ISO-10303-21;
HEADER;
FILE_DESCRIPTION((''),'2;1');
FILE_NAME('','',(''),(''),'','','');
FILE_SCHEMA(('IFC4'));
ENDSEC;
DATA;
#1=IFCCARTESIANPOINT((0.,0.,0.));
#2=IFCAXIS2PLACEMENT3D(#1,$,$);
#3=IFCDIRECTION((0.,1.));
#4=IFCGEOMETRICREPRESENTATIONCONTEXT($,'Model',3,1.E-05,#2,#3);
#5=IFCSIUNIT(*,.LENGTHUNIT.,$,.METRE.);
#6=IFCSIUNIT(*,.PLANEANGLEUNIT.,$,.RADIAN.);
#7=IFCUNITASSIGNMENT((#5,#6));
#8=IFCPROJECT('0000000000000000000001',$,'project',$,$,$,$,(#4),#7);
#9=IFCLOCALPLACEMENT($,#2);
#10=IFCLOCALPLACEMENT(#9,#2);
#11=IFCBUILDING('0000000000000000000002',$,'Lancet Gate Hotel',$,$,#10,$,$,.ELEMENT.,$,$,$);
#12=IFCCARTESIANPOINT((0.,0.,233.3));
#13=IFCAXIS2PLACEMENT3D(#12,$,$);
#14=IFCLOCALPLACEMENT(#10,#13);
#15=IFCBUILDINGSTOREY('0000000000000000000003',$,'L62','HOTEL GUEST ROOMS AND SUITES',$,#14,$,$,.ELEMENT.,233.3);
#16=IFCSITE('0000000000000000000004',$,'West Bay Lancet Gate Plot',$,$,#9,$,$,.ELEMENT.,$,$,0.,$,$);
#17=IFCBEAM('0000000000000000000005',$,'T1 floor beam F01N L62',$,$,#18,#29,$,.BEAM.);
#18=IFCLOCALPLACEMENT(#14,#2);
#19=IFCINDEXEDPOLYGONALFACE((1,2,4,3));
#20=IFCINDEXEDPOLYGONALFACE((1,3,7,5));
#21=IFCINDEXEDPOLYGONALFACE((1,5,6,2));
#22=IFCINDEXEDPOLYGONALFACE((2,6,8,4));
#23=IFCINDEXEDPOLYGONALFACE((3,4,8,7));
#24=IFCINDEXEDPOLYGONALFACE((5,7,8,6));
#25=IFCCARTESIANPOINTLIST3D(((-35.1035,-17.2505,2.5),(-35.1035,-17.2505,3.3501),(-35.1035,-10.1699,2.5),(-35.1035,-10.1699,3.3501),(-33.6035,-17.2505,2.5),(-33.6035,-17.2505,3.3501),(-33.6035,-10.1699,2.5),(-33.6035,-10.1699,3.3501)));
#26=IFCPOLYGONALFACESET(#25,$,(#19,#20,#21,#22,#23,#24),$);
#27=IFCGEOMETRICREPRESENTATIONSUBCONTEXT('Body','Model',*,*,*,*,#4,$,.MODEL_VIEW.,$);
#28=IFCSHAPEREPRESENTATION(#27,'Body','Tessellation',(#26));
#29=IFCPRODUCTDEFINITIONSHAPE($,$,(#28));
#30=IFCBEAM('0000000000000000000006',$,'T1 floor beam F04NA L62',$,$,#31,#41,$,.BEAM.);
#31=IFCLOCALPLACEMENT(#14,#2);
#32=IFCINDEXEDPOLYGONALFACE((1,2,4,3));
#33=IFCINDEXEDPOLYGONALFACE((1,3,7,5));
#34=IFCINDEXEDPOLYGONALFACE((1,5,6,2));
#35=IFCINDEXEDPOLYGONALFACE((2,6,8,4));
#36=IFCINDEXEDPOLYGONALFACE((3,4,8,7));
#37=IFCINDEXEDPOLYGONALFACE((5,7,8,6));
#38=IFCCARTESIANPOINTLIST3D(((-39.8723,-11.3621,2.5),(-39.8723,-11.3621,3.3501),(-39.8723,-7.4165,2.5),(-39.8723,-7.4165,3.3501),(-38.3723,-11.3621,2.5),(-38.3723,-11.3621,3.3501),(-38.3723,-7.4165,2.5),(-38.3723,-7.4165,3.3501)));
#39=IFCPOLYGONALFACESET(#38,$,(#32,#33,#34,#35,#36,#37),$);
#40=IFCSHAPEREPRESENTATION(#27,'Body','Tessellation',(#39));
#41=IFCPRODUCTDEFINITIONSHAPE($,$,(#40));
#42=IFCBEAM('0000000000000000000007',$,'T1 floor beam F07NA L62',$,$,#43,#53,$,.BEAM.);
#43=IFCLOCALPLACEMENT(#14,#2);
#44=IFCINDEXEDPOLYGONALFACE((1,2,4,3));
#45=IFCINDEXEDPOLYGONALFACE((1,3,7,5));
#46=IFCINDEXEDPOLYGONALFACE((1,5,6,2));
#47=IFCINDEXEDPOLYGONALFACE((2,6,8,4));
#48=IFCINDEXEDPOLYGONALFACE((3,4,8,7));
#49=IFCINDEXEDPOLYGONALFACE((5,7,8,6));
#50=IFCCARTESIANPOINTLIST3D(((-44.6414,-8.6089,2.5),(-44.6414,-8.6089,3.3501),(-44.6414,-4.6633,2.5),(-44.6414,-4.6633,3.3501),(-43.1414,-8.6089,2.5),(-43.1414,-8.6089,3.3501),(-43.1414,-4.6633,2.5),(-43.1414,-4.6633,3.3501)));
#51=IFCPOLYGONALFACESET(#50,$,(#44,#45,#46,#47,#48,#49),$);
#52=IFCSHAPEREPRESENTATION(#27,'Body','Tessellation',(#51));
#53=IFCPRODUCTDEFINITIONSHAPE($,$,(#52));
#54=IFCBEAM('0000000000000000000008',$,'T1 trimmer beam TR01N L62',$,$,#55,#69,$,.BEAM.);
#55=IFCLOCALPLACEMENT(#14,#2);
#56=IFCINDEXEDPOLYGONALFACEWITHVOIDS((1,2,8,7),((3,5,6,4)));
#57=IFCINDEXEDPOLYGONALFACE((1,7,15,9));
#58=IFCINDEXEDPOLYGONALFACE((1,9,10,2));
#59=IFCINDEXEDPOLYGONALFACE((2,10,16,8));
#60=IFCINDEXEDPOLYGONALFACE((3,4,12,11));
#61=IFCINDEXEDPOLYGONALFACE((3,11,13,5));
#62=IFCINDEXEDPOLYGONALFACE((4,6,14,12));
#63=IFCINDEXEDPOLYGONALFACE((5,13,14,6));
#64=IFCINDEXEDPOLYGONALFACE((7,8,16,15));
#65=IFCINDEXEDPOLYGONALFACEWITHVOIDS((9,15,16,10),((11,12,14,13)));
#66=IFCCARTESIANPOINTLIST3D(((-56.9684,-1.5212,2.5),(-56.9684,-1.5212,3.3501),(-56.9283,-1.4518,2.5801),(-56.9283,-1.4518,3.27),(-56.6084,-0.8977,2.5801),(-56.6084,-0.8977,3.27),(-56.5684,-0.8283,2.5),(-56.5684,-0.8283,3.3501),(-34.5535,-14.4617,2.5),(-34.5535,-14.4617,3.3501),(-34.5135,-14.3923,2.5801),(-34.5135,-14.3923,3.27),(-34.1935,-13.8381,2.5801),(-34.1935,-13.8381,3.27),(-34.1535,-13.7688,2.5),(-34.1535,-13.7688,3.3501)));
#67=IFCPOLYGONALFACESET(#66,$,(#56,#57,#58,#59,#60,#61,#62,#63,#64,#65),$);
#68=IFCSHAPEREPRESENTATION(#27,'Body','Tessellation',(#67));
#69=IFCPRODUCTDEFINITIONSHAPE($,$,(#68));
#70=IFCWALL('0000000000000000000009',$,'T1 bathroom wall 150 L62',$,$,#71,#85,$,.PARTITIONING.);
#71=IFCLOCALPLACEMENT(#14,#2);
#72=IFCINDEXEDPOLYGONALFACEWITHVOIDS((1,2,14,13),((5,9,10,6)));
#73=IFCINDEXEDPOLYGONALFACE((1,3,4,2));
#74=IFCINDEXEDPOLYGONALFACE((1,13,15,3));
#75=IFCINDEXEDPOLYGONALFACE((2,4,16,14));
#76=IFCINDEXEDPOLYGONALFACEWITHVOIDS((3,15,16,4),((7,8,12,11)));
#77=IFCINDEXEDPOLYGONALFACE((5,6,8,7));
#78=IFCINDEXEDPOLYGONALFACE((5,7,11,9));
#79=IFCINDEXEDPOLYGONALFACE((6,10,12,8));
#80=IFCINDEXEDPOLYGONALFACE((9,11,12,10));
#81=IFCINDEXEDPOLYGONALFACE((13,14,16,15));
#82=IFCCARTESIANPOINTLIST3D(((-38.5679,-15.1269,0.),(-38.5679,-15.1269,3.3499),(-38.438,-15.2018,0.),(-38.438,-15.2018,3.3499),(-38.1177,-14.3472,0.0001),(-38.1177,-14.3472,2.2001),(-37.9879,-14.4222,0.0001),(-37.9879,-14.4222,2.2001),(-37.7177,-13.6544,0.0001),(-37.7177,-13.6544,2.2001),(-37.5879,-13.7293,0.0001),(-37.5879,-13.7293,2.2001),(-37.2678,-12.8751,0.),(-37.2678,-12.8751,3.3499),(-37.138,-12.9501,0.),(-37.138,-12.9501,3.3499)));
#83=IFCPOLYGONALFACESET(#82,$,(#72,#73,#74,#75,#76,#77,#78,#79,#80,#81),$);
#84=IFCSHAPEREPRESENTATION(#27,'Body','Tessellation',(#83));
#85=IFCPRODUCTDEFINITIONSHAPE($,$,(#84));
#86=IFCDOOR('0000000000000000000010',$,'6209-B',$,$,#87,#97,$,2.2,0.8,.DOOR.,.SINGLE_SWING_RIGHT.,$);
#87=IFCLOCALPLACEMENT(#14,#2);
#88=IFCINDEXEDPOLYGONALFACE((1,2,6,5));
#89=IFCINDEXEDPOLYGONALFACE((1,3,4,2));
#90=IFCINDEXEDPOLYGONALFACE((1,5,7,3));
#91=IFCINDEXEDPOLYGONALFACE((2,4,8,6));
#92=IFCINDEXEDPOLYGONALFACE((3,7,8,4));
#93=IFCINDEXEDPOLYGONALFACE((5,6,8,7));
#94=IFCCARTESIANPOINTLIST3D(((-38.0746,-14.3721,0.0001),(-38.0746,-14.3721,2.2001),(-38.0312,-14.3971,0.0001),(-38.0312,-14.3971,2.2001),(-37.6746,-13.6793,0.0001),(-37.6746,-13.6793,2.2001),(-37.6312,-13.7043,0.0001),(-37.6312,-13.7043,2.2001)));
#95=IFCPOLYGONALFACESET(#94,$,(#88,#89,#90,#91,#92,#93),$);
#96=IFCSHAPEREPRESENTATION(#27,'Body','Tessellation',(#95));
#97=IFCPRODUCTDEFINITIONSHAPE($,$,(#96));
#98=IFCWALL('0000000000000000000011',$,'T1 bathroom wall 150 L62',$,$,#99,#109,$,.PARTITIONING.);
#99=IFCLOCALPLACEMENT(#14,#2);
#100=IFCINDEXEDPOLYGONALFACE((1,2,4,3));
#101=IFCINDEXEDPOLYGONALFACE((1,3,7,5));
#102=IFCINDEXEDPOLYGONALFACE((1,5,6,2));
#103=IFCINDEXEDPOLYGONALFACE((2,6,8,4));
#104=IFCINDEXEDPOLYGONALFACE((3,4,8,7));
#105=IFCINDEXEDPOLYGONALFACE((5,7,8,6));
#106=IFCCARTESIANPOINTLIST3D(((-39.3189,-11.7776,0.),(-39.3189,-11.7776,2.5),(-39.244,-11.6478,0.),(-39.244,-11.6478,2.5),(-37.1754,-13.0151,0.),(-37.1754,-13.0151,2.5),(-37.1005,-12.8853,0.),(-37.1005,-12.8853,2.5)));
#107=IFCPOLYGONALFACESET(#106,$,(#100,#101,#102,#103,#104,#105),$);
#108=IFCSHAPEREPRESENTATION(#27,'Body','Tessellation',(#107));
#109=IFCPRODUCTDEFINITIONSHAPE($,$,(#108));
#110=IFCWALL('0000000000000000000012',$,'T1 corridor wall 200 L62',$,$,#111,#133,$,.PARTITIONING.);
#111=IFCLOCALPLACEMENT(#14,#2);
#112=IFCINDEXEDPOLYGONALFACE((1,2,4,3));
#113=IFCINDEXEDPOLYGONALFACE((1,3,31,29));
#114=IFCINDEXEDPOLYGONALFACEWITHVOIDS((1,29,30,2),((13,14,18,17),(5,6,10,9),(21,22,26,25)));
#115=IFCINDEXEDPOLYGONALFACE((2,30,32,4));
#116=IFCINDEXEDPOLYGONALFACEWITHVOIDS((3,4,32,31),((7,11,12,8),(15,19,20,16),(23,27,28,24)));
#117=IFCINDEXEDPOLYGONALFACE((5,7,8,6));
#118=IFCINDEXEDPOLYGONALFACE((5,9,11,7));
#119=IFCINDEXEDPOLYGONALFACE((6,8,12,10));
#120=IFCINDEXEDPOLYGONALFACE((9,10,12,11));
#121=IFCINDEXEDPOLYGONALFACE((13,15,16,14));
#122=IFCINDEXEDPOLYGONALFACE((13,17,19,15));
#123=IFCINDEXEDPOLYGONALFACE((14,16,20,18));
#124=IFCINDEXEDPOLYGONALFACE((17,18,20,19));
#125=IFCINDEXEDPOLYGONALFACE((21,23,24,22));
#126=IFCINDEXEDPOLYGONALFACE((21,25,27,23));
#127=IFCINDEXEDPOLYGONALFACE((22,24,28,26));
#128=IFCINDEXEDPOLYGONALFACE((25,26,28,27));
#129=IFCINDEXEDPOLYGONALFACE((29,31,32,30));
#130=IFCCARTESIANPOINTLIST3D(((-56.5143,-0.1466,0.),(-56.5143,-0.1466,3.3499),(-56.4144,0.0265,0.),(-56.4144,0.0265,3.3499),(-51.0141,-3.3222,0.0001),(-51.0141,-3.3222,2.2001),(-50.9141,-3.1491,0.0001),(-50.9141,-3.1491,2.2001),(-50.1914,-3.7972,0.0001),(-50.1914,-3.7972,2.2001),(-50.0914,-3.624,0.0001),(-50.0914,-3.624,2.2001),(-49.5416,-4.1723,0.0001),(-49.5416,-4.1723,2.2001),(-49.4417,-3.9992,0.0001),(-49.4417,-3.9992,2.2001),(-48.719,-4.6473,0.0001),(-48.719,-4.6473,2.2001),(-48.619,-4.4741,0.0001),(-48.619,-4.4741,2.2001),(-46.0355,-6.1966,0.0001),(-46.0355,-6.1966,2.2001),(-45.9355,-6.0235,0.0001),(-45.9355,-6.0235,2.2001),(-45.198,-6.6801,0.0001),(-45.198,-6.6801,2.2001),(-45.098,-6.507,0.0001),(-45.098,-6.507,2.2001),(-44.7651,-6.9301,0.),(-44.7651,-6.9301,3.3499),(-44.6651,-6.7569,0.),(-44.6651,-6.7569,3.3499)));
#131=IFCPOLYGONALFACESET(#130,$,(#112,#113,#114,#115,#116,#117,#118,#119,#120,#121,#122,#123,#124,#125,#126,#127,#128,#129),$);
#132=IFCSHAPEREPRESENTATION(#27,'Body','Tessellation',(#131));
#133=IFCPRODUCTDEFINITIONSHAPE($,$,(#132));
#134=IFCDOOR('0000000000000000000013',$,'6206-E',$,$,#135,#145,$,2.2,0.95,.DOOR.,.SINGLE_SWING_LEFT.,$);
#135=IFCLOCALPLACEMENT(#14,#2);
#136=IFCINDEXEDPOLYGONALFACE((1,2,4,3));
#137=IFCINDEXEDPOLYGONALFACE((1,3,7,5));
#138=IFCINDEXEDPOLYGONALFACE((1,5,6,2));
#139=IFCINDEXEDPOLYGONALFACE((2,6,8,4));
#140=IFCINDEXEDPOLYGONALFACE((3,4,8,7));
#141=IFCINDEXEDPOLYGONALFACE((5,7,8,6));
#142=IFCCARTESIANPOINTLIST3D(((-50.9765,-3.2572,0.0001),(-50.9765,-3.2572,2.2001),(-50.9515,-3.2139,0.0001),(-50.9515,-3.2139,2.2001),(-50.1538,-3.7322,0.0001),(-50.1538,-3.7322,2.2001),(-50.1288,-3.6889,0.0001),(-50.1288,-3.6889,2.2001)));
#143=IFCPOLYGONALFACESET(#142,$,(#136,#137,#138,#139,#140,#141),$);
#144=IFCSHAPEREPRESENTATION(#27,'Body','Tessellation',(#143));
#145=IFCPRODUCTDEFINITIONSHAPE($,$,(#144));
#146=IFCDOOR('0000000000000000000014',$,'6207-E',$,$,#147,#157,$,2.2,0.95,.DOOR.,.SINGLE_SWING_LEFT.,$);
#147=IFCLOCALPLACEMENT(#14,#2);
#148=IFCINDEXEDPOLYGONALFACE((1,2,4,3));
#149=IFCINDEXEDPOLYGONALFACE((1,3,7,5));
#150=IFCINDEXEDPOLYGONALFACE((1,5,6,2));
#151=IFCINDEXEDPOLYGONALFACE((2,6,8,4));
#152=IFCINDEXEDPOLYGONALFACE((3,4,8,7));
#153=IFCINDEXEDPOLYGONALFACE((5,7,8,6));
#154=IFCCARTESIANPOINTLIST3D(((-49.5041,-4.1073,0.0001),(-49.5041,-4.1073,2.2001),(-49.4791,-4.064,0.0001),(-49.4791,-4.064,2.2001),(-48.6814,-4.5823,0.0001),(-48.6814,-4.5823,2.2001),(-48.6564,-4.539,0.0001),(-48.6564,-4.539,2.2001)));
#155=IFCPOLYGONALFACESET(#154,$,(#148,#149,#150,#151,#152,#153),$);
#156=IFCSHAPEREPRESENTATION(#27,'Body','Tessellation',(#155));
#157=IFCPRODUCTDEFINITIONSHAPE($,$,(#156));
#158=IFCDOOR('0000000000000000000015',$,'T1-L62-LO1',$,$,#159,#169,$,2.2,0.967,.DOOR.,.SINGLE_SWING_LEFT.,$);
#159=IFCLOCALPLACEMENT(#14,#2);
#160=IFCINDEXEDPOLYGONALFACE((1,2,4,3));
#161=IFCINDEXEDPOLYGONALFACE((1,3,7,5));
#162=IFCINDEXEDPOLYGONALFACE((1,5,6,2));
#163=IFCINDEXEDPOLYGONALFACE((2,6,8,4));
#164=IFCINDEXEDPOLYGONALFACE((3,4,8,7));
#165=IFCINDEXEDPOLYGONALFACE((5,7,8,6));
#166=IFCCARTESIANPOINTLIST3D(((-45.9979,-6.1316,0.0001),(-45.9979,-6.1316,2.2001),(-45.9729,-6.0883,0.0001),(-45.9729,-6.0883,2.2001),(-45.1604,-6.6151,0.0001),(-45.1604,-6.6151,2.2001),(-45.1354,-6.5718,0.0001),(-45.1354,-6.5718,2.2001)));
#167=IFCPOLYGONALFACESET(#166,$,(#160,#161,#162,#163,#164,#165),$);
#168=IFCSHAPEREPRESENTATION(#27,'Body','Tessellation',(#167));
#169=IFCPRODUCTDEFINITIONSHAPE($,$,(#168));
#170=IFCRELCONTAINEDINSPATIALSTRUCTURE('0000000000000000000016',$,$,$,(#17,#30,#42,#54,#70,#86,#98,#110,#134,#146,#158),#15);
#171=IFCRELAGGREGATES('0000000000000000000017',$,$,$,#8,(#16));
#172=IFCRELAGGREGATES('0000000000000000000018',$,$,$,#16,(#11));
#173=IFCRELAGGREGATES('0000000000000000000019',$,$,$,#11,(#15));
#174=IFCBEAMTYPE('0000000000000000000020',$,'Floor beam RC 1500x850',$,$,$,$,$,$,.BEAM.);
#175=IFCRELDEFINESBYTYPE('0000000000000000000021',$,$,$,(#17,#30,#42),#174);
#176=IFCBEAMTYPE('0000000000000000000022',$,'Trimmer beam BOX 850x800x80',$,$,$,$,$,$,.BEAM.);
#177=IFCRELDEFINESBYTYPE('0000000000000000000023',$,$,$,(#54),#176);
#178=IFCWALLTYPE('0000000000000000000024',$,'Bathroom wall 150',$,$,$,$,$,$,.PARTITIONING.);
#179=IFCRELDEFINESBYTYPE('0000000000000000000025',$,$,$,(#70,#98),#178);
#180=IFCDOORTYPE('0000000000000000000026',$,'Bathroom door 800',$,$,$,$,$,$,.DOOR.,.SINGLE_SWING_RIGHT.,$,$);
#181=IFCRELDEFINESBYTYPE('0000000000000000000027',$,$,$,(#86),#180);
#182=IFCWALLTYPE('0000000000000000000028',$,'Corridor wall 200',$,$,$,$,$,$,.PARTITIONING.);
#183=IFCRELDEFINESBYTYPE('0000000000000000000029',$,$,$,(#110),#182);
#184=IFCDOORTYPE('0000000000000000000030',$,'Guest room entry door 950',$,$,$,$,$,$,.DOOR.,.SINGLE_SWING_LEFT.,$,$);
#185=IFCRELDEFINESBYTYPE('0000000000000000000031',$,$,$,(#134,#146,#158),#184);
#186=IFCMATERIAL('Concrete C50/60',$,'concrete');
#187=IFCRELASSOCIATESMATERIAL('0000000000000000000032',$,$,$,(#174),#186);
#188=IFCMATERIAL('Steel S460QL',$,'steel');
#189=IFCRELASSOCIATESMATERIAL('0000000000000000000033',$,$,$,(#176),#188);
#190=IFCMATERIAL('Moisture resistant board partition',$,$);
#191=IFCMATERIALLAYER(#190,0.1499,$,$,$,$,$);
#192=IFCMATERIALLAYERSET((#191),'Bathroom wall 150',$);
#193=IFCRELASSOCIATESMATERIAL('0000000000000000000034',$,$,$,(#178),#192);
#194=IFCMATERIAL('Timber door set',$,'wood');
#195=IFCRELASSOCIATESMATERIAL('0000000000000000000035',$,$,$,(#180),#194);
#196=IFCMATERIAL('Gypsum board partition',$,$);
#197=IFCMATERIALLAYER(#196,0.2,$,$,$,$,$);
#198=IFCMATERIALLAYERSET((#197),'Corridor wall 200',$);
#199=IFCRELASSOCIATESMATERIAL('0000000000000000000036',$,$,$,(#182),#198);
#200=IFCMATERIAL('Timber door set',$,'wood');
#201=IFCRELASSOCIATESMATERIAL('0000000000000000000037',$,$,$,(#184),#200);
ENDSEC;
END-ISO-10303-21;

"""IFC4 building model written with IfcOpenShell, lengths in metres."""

from ifc_helpers import new_model, si_unit, direction, frame, frame_2d, origin, origin_2d, place, context, subcontext, project, spatial, rectangle, hollow_rectangle, extrude, material, layer, layer_set, material_profile, profile_set, type_object, element, fill, save


model = new_model("IFC4")

# Units and contexts
model_context = context("Model", 3, precision=1e-05, world=origin(), true_north=direction((0.0, 1.0)))
body_context = subcontext(model_context, "Body", "Model", "MODEL_VIEW")
ifc_project = project(units=[si_unit("LENGTHUNIT", "METRE"), si_unit("PLANEANGLEUNIT", "RADIAN")], contexts=[model_context])

# Site, building, storey
site_placement = place(None, origin())
site = spatial("IfcSite", under=ifc_project, at=site_placement, Name="West Bay Lancet Gate Plot", CompositionType="ELEMENT", RefElevation=0.0)
building_placement = place(site_placement, origin())
building = spatial("IfcBuilding", under=site, at=building_placement, Name="Lancet Gate Hotel", CompositionType="ELEMENT")
storey_placement = place(building_placement, frame((0.0, 0.0, 233.3)))
storey = spatial("IfcBuildingStorey", under=building, at=storey_placement, Name="L62", Description="HOTEL GUEST ROOMS AND SUITES", CompositionType="ELEMENT", Elevation=233.3)

# Beams
ifc_material_1 = material(Name="Concrete C50/60", Category="concrete")
ifc_material_profile_1 = material_profile(ifc_material_1, rectangle(XDim=1.5, YDim=0.8501, at=origin_2d()), Name="RC 1500x850")
ifc_profile_set_1 = profile_set([ifc_material_profile_1], Name="Concrete C50/60")
beam_type_1 = type_object("IfcBeamType", Name="Floor beam RC 1500x850", PredefinedType="BEAM", material=ifc_profile_set_1)
beam_1_placement = place(storey_placement, frame((-34.3535, -10.1699, 2.925), z_axis=(0.0, -1.0, 0.0), x_axis=(1.0, 0.0, 0.0)))
element("IfcBeam", 1, at=beam_1_placement, inside=storey, type_object=beam_type_1, Name="T1 floor beam F01N L62", PredefinedType="BEAM", context=body_context, shape_type="SweptSolid", body=[
    extrude(rectangle(XDim=1.5, YDim=0.8501, at=origin_2d()), origin(), (0.0, 0.0, 1.0), 7.0806),
])
for number, where, z_axis, x_axis, name in (
    (2, (-39.1223, -7.4165, 2.925), (0.0, -1.0, 0.0), (1.0, 0.0, 0.0), "T1 floor beam F04NA L62"),
    (3, (-43.8914, -4.6633, 2.925), (0.0, -1.0, 0.0), (1.0, 0.0, 0.0), "T1 floor beam F07NA L62"),
):
    element("IfcBeam", number, at=place(storey_placement, frame(where, z_axis=z_axis, x_axis=x_axis)), inside=storey, type_object=beam_type_1, Name=name, PredefinedType="BEAM", context=body_context, shape_type="SweptSolid", body=[
        extrude(rectangle(XDim=1.5, YDim=0.8501, at=origin_2d()), origin(), (0.0, 0.0, 1.0), 3.9456),
    ])
ifc_material_2 = material(Name="Steel S460QL", Category="steel")
ifc_material_profile_2 = material_profile(ifc_material_2, hollow_rectangle(XDim=0.8, YDim=0.8501, WallThickness=0.0801, at=origin_2d()), Name="BOX 850x800x80")
ifc_profile_set_2 = profile_set([ifc_material_profile_2], Name="Steel S460QL")
beam_type_2 = type_object("IfcBeamType", Name="Trimmer beam BOX 850x800x80", PredefinedType="BEAM", material=ifc_profile_set_2)
beam_2_placement = place(storey_placement, frame((-34.3535, -14.1152, 2.925), z_axis=(-0.866038, 0.499978, 0.0), x_axis=(-0.499978, -0.866038, 0.0)))
element("IfcBeam", 4, at=beam_2_placement, inside=storey, type_object=beam_type_2, Name="T1 trimmer beam TR01N L62", PredefinedType="BEAM", context=body_context, shape_type="SweptSolid", body=[
    extrude(hollow_rectangle(XDim=0.8, YDim=0.8501, WallThickness=0.0801, at=origin_2d()), origin(), (0.0, 0.0, 1.0), 25.8821),
])

# Wall, opening, door
ifc_material_3 = material(Name="Moisture resistant board partition")
ifc_layer_1 = layer(ifc_material_3, 0.1499)
ifc_layer_set_1 = layer_set([ifc_layer_1], Name="Bathroom wall 150")
wall_type_1 = type_object("IfcWallType", Name="Bathroom wall 150", PredefinedType="PARTITIONING", material=ifc_layer_set_1)
wall_1_placement = place(storey_placement, frame((-37.2029, -12.9126, 0.0), z_axis=(0.0, 0.0, 1.0), x_axis=(-0.500007, -0.866021, 0.0)))
wall_1 = element("IfcWall", 5, at=wall_1_placement, inside=storey, type_object=wall_type_1, Name="T1 bathroom wall 150 L62", PredefinedType="PARTITIONING", context=body_context, shape_type="SweptSolid", body=[
    extrude(rectangle(XDim=2.6001, YDim=0.1499, at=frame_2d((1.3, 0.0))), origin(), (0.0, 0.0, 1.0), 3.3499),
])
opening_1_placement = place(wall_1_placement, frame((0.8999, 0.0, 0.0)))
opening_1 = element("IfcOpeningElement", 6, at=opening_1_placement, cuts=wall_1, PredefinedType="OPENING", context=body_context, shape_type="SweptSolid", body=[
    extrude(rectangle(XDim=0.8, YDim=2.2, at=frame_2d((0.3999, 1.1001))), frame((0.0, 0.085, 0.0), z_axis=(0.0, -1.0, 0.0), x_axis=(1.0, 0.0, 0.0)), (0.0, 0.0, 1.0), 0.1699),
])
ifc_material_4 = material(Name="Timber door set", Category="wood")
door_type_1 = type_object("IfcDoorType", Name="Bathroom door 800", OperationType="SINGLE_SWING_RIGHT", PredefinedType="DOOR", material=ifc_material_4)
door_1_placement = place(opening_1_placement, origin())
door_1 = element("IfcDoor", 7, at=door_1_placement, inside=storey, type_object=door_type_1, Name="6209-B", OperationType="SINGLE_SWING_RIGHT", OverallHeight=2.2, OverallWidth=0.8, PredefinedType="DOOR", context=body_context, shape_type="SweptSolid", body=[
    extrude(rectangle(XDim=0.8, YDim=2.2, at=frame_2d((0.3999, 1.1001))), frame((0.0, 0.0249, 0.0), z_axis=(0.0, -1.0, 0.0), x_axis=(1.0, 0.0, 0.0)), (0.0, 0.0, 1.0), 0.05),
])
fill(opening_1, door_1)

# Wall
wall_2_placement = place(storey_placement, frame((-37.1379, -12.9502, 0.0), z_axis=(0.0, 0.0, 1.0), x_axis=(-0.866031, 0.49999, 0.0)))
element("IfcWall", 8, at=wall_2_placement, inside=storey, type_object=wall_type_1, Name="T1 bathroom wall 150 L62", PredefinedType="PARTITIONING", context=body_context, shape_type="SweptSolid", body=[
    extrude(rectangle(XDim=2.4751, YDim=0.1499, at=frame_2d((1.2375, 0.0))), origin(), (0.0, 0.0, 1.0), 2.5),
])

# Wall, openings, doors
ifc_material_5 = material(Name="Gypsum board partition")
ifc_layer_2 = layer(ifc_material_5, 0.2)
ifc_layer_set_2 = layer_set([ifc_layer_2], Name="Corridor wall 200")
wall_type_2 = type_object("IfcWallType", Name="Corridor wall 200", PredefinedType="PARTITIONING", material=ifc_layer_set_2)
wall_3_placement = place(storey_placement, frame((-44.7151, -6.8435, 0.0), z_axis=(0.0, 0.0, 1.0), x_axis=(-0.866025, 0.5, 0.0)))
wall_3 = element("IfcWall", 9, at=wall_3_placement, inside=storey, type_object=wall_type_2, Name="T1 corridor wall 200 L62", PredefinedType="PARTITIONING", context=body_context, shape_type="SweptSolid", body=[
    extrude(rectangle(XDim=13.5669, YDim=0.2, at=frame_2d((6.7834, 0.0))), origin(), (0.0, 0.0, 1.0), 3.3499),
])
opening_2_placement = place(wall_3_placement, frame((6.2656, 0.0, 0.0)))
opening_2 = element("IfcOpeningElement", 10, at=opening_2_placement, cuts=wall_3, PredefinedType="OPENING", context=body_context, shape_type="SweptSolid", body=[
    extrude(rectangle(XDim=0.95, YDim=2.2, at=frame_2d((0.4751, 1.1001))), frame((0.0, 0.1099, 0.0), z_axis=(0.0, -1.0, 0.0), x_axis=(1.0, 0.0, 0.0)), (0.0, 0.0, 1.0), 0.22),
])
opening_3_placement = place(wall_3_placement, frame((4.5654, 0.0, 0.0)))
opening_3 = element("IfcOpeningElement", 11, at=opening_3_placement, cuts=wall_3, PredefinedType="OPENING", context=body_context, shape_type="SweptSolid", body=[
    extrude(rectangle(XDim=0.95, YDim=2.2, at=frame_2d((0.4751, 1.1001))), frame((0.0, 0.1099, 0.0), z_axis=(0.0, -1.0, 0.0), x_axis=(1.0, 0.0, 0.0)), (0.0, 0.0, 1.0), 0.22),
])
opening_4_placement = place(wall_3_placement, frame((0.5, 0.0, 0.0)))
opening_4 = element("IfcOpeningElement", 12, at=opening_4_placement, cuts=wall_3, PredefinedType="OPENING", context=body_context, shape_type="SweptSolid", body=[
    extrude(rectangle(XDim=0.967, YDim=2.2, at=frame_2d((0.4834, 1.1001))), frame((0.0, 0.1099, 0.0), z_axis=(0.0, -1.0, 0.0), x_axis=(1.0, 0.0, 0.0)), (0.0, 0.0, 1.0), 0.22),
])
ifc_material_6 = material(Name="Timber door set", Category="wood")
door_type_2 = type_object("IfcDoorType", Name="Guest room entry door 950", OperationType="SINGLE_SWING_LEFT", PredefinedType="DOOR", material=ifc_material_6)
door_2_placement = place(opening_2_placement, origin())
door_2 = element("IfcDoor", 13, at=door_2_placement, inside=storey, type_object=door_type_2, Name="6206-E", OperationType="SINGLE_SWING_LEFT", OverallHeight=2.2, OverallWidth=0.95, PredefinedType="DOOR", context=body_context, shape_type="SweptSolid", body=[
    extrude(rectangle(XDim=0.95, YDim=2.2, at=frame_2d((0.4751, 1.1001))), frame((0.0, 0.0249, 0.0), z_axis=(0.0, -1.0, 0.0), x_axis=(1.0, 0.0, 0.0)), (0.0, 0.0, 1.0), 0.05),
])
fill(opening_2, door_2)
door_3_placement = place(opening_3_placement, origin())
door_3 = element("IfcDoor", 14, at=door_3_placement, inside=storey, type_object=door_type_2, Name="6207-E", OperationType="SINGLE_SWING_LEFT", OverallHeight=2.2, OverallWidth=0.95, PredefinedType="DOOR", context=body_context, shape_type="SweptSolid", body=[
    extrude(rectangle(XDim=0.95, YDim=2.2, at=frame_2d((0.4751, 1.1001))), frame((0.0, 0.0249, 0.0), z_axis=(0.0, -1.0, 0.0), x_axis=(1.0, 0.0, 0.0)), (0.0, 0.0, 1.0), 0.05),
])
fill(opening_3, door_3)
door_4_placement = place(opening_4_placement, origin())
door_4 = element("IfcDoor", 15, at=door_4_placement, inside=storey, type_object=door_type_2, Name="T1-L62-LO1", OperationType="SINGLE_SWING_LEFT", OverallHeight=2.2, OverallWidth=0.967, PredefinedType="DOOR", context=body_context, shape_type="SweptSolid", body=[
    extrude(rectangle(XDim=0.967, YDim=2.2, at=frame_2d((0.4834, 1.1001))), frame((0.0, 0.0249, 0.0), z_axis=(0.0, -1.0, 0.0), x_axis=(1.0, 0.0, 0.0)), (0.0, 0.0, 1.0), 0.05),
])
fill(opening_4, door_4)

save(model, "model.ifc")
